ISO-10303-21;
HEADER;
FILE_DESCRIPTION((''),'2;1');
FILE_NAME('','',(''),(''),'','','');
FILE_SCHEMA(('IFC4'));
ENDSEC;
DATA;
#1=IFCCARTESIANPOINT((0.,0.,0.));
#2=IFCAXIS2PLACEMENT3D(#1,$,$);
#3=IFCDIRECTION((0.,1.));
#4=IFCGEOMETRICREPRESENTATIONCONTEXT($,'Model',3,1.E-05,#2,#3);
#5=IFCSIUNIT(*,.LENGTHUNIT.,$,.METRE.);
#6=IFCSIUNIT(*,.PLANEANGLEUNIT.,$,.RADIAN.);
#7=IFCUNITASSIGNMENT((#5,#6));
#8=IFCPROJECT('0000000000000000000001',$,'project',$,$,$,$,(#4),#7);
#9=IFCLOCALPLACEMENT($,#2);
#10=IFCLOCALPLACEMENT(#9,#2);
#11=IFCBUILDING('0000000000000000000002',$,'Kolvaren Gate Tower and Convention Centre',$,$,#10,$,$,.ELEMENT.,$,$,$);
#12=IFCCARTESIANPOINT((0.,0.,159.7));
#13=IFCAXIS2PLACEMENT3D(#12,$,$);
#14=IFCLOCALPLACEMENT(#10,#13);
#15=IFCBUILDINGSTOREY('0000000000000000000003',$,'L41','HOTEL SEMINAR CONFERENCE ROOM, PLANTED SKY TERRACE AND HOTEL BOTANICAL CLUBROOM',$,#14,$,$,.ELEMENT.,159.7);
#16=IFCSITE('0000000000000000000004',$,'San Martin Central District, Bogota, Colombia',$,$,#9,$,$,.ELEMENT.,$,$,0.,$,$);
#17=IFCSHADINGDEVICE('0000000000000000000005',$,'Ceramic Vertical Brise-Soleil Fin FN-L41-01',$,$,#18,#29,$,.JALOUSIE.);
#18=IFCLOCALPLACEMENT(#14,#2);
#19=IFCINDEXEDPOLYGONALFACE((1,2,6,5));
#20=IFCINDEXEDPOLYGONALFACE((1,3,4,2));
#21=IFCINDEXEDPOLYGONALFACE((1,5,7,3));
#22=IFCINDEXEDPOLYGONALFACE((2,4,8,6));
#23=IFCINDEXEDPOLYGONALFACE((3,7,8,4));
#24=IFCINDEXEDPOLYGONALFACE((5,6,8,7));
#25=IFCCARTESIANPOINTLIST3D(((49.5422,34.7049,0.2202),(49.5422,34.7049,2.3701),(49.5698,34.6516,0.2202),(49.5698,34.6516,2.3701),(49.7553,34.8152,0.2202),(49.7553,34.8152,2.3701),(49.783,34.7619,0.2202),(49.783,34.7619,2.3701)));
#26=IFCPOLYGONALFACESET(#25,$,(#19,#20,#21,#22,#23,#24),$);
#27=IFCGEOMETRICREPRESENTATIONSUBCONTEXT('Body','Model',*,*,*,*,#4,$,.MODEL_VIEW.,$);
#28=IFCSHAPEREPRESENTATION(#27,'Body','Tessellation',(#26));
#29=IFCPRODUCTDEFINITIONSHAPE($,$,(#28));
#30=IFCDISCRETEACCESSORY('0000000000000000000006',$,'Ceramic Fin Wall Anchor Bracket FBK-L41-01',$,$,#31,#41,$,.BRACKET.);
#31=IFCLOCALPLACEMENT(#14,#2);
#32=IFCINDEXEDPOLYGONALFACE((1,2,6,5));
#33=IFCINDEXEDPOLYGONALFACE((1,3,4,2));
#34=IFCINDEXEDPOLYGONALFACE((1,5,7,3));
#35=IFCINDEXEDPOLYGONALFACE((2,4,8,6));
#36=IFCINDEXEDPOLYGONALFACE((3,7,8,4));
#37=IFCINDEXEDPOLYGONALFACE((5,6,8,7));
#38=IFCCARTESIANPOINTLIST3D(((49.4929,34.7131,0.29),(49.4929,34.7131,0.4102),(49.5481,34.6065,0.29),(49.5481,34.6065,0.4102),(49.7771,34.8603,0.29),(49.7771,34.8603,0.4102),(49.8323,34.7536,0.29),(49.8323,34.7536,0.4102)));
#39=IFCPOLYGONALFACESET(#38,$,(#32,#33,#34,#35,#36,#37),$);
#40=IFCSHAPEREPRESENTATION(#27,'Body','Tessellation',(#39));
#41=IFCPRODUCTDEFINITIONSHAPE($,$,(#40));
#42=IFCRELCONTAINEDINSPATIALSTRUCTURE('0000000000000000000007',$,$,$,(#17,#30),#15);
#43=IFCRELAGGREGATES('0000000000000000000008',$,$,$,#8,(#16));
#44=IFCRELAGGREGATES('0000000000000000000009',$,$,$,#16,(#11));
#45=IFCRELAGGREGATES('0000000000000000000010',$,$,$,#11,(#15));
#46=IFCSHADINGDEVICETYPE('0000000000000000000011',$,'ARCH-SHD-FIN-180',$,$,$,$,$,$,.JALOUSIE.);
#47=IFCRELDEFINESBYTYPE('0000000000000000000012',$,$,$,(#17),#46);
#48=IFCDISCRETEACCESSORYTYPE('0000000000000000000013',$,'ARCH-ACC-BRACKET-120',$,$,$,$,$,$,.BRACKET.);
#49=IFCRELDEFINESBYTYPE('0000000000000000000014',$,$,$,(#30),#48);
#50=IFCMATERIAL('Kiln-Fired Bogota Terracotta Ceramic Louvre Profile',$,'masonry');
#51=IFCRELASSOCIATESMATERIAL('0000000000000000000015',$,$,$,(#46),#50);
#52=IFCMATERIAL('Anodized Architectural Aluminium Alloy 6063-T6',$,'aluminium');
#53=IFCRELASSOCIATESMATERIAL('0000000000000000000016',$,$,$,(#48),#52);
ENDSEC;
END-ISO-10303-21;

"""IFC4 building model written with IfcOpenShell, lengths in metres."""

from ifc_helpers import new_model, si_unit, direction, frame, origin, origin_2d, place, context, subcontext, project, spatial, rectangle, extrude, material, type_object, element, save


model = new_model("IFC4")

# Units and contexts
model_context = context("Model", 3, precision=1e-05, world=origin(), true_north=direction((0.0, 1.0)))
body_context = subcontext(model_context, "Body", "Model", "MODEL_VIEW")
ifc_project = project(units=[si_unit("LENGTHUNIT", "METRE"), si_unit("PLANEANGLEUNIT", "RADIAN")], contexts=[model_context])

# Site, building, storey
site_placement = place(None, origin())
site = spatial("IfcSite", under=ifc_project, at=site_placement, Name="San Martin Central District, Bogota, Colombia", CompositionType="ELEMENT", RefElevation=0.0)
building_placement = place(site_placement, origin())
building = spatial("IfcBuilding", under=site, at=building_placement, Name="Kolvaren Gate Tower and Convention Centre", CompositionType="ELEMENT")
storey_placement = place(building_placement, frame((0.0, 0.0, 159.7)))
storey = spatial("IfcBuildingStorey", under=building, at=storey_placement, Name="L41", Description="HOTEL SEMINAR CONFERENCE ROOM, PLANTED SKY TERRACE AND HOTEL BOTANICAL CLUBROOM", CompositionType="ELEMENT", Elevation=159.7)

# Shared definitions
ifc_material_1 = material(Name="Anodized Architectural Aluminium Alloy 6063-T6", Category="aluminium")

# Shading device
ifc_material_2 = material(Name="Kiln-Fired Bogota Terracotta Ceramic Louvre Profile", Category="masonry")
shading_device_type = type_object("IfcShadingDeviceType", Name="ARCH-SHD-FIN-180", PredefinedType="JALOUSIE", material=ifc_material_2)
shading_device_placement = place(storey_placement, frame((49.6626, 34.7334, 0.2202), z_axis=(0.0, 0.0, 1.0), x_axis=(0.459798, -0.888023, 0.0)))
element("IfcShadingDevice", 1, at=shading_device_placement, inside=storey, type_object=shading_device_type, Name="Ceramic Vertical Brise-Soleil Fin FN-L41-01", PredefinedType="JALOUSIE", context=body_context, shape_type="SweptSolid", body=[
    extrude(rectangle(XDim=0.0601, YDim=0.24, at=origin_2d()), origin(), (0.0, 0.0, 1.0), 2.1499),
])

# Discrete accessory
discrete_accessory_type = type_object("IfcDiscreteAccessoryType", Name="ARCH-ACC-BRACKET-120", PredefinedType="BRACKET", material=ifc_material_1)
discrete_accessory_placement = place(storey_placement, frame((49.6626, 34.7334, 0.29), z_axis=(0.0, 0.0, 1.0), x_axis=(0.459798, -0.888023, 0.0)))
element("IfcDiscreteAccessory", 2, at=discrete_accessory_placement, inside=storey, type_object=discrete_accessory_type, Name="Ceramic Fin Wall Anchor Bracket FBK-L41-01", PredefinedType="BRACKET", context=body_context, shape_type="SweptSolid", body=[
    extrude(rectangle(XDim=0.1201, YDim=0.3201, at=origin_2d()), origin(), (0.0, 0.0, 1.0), 0.1201),
])

save(model, "model.ifc")
